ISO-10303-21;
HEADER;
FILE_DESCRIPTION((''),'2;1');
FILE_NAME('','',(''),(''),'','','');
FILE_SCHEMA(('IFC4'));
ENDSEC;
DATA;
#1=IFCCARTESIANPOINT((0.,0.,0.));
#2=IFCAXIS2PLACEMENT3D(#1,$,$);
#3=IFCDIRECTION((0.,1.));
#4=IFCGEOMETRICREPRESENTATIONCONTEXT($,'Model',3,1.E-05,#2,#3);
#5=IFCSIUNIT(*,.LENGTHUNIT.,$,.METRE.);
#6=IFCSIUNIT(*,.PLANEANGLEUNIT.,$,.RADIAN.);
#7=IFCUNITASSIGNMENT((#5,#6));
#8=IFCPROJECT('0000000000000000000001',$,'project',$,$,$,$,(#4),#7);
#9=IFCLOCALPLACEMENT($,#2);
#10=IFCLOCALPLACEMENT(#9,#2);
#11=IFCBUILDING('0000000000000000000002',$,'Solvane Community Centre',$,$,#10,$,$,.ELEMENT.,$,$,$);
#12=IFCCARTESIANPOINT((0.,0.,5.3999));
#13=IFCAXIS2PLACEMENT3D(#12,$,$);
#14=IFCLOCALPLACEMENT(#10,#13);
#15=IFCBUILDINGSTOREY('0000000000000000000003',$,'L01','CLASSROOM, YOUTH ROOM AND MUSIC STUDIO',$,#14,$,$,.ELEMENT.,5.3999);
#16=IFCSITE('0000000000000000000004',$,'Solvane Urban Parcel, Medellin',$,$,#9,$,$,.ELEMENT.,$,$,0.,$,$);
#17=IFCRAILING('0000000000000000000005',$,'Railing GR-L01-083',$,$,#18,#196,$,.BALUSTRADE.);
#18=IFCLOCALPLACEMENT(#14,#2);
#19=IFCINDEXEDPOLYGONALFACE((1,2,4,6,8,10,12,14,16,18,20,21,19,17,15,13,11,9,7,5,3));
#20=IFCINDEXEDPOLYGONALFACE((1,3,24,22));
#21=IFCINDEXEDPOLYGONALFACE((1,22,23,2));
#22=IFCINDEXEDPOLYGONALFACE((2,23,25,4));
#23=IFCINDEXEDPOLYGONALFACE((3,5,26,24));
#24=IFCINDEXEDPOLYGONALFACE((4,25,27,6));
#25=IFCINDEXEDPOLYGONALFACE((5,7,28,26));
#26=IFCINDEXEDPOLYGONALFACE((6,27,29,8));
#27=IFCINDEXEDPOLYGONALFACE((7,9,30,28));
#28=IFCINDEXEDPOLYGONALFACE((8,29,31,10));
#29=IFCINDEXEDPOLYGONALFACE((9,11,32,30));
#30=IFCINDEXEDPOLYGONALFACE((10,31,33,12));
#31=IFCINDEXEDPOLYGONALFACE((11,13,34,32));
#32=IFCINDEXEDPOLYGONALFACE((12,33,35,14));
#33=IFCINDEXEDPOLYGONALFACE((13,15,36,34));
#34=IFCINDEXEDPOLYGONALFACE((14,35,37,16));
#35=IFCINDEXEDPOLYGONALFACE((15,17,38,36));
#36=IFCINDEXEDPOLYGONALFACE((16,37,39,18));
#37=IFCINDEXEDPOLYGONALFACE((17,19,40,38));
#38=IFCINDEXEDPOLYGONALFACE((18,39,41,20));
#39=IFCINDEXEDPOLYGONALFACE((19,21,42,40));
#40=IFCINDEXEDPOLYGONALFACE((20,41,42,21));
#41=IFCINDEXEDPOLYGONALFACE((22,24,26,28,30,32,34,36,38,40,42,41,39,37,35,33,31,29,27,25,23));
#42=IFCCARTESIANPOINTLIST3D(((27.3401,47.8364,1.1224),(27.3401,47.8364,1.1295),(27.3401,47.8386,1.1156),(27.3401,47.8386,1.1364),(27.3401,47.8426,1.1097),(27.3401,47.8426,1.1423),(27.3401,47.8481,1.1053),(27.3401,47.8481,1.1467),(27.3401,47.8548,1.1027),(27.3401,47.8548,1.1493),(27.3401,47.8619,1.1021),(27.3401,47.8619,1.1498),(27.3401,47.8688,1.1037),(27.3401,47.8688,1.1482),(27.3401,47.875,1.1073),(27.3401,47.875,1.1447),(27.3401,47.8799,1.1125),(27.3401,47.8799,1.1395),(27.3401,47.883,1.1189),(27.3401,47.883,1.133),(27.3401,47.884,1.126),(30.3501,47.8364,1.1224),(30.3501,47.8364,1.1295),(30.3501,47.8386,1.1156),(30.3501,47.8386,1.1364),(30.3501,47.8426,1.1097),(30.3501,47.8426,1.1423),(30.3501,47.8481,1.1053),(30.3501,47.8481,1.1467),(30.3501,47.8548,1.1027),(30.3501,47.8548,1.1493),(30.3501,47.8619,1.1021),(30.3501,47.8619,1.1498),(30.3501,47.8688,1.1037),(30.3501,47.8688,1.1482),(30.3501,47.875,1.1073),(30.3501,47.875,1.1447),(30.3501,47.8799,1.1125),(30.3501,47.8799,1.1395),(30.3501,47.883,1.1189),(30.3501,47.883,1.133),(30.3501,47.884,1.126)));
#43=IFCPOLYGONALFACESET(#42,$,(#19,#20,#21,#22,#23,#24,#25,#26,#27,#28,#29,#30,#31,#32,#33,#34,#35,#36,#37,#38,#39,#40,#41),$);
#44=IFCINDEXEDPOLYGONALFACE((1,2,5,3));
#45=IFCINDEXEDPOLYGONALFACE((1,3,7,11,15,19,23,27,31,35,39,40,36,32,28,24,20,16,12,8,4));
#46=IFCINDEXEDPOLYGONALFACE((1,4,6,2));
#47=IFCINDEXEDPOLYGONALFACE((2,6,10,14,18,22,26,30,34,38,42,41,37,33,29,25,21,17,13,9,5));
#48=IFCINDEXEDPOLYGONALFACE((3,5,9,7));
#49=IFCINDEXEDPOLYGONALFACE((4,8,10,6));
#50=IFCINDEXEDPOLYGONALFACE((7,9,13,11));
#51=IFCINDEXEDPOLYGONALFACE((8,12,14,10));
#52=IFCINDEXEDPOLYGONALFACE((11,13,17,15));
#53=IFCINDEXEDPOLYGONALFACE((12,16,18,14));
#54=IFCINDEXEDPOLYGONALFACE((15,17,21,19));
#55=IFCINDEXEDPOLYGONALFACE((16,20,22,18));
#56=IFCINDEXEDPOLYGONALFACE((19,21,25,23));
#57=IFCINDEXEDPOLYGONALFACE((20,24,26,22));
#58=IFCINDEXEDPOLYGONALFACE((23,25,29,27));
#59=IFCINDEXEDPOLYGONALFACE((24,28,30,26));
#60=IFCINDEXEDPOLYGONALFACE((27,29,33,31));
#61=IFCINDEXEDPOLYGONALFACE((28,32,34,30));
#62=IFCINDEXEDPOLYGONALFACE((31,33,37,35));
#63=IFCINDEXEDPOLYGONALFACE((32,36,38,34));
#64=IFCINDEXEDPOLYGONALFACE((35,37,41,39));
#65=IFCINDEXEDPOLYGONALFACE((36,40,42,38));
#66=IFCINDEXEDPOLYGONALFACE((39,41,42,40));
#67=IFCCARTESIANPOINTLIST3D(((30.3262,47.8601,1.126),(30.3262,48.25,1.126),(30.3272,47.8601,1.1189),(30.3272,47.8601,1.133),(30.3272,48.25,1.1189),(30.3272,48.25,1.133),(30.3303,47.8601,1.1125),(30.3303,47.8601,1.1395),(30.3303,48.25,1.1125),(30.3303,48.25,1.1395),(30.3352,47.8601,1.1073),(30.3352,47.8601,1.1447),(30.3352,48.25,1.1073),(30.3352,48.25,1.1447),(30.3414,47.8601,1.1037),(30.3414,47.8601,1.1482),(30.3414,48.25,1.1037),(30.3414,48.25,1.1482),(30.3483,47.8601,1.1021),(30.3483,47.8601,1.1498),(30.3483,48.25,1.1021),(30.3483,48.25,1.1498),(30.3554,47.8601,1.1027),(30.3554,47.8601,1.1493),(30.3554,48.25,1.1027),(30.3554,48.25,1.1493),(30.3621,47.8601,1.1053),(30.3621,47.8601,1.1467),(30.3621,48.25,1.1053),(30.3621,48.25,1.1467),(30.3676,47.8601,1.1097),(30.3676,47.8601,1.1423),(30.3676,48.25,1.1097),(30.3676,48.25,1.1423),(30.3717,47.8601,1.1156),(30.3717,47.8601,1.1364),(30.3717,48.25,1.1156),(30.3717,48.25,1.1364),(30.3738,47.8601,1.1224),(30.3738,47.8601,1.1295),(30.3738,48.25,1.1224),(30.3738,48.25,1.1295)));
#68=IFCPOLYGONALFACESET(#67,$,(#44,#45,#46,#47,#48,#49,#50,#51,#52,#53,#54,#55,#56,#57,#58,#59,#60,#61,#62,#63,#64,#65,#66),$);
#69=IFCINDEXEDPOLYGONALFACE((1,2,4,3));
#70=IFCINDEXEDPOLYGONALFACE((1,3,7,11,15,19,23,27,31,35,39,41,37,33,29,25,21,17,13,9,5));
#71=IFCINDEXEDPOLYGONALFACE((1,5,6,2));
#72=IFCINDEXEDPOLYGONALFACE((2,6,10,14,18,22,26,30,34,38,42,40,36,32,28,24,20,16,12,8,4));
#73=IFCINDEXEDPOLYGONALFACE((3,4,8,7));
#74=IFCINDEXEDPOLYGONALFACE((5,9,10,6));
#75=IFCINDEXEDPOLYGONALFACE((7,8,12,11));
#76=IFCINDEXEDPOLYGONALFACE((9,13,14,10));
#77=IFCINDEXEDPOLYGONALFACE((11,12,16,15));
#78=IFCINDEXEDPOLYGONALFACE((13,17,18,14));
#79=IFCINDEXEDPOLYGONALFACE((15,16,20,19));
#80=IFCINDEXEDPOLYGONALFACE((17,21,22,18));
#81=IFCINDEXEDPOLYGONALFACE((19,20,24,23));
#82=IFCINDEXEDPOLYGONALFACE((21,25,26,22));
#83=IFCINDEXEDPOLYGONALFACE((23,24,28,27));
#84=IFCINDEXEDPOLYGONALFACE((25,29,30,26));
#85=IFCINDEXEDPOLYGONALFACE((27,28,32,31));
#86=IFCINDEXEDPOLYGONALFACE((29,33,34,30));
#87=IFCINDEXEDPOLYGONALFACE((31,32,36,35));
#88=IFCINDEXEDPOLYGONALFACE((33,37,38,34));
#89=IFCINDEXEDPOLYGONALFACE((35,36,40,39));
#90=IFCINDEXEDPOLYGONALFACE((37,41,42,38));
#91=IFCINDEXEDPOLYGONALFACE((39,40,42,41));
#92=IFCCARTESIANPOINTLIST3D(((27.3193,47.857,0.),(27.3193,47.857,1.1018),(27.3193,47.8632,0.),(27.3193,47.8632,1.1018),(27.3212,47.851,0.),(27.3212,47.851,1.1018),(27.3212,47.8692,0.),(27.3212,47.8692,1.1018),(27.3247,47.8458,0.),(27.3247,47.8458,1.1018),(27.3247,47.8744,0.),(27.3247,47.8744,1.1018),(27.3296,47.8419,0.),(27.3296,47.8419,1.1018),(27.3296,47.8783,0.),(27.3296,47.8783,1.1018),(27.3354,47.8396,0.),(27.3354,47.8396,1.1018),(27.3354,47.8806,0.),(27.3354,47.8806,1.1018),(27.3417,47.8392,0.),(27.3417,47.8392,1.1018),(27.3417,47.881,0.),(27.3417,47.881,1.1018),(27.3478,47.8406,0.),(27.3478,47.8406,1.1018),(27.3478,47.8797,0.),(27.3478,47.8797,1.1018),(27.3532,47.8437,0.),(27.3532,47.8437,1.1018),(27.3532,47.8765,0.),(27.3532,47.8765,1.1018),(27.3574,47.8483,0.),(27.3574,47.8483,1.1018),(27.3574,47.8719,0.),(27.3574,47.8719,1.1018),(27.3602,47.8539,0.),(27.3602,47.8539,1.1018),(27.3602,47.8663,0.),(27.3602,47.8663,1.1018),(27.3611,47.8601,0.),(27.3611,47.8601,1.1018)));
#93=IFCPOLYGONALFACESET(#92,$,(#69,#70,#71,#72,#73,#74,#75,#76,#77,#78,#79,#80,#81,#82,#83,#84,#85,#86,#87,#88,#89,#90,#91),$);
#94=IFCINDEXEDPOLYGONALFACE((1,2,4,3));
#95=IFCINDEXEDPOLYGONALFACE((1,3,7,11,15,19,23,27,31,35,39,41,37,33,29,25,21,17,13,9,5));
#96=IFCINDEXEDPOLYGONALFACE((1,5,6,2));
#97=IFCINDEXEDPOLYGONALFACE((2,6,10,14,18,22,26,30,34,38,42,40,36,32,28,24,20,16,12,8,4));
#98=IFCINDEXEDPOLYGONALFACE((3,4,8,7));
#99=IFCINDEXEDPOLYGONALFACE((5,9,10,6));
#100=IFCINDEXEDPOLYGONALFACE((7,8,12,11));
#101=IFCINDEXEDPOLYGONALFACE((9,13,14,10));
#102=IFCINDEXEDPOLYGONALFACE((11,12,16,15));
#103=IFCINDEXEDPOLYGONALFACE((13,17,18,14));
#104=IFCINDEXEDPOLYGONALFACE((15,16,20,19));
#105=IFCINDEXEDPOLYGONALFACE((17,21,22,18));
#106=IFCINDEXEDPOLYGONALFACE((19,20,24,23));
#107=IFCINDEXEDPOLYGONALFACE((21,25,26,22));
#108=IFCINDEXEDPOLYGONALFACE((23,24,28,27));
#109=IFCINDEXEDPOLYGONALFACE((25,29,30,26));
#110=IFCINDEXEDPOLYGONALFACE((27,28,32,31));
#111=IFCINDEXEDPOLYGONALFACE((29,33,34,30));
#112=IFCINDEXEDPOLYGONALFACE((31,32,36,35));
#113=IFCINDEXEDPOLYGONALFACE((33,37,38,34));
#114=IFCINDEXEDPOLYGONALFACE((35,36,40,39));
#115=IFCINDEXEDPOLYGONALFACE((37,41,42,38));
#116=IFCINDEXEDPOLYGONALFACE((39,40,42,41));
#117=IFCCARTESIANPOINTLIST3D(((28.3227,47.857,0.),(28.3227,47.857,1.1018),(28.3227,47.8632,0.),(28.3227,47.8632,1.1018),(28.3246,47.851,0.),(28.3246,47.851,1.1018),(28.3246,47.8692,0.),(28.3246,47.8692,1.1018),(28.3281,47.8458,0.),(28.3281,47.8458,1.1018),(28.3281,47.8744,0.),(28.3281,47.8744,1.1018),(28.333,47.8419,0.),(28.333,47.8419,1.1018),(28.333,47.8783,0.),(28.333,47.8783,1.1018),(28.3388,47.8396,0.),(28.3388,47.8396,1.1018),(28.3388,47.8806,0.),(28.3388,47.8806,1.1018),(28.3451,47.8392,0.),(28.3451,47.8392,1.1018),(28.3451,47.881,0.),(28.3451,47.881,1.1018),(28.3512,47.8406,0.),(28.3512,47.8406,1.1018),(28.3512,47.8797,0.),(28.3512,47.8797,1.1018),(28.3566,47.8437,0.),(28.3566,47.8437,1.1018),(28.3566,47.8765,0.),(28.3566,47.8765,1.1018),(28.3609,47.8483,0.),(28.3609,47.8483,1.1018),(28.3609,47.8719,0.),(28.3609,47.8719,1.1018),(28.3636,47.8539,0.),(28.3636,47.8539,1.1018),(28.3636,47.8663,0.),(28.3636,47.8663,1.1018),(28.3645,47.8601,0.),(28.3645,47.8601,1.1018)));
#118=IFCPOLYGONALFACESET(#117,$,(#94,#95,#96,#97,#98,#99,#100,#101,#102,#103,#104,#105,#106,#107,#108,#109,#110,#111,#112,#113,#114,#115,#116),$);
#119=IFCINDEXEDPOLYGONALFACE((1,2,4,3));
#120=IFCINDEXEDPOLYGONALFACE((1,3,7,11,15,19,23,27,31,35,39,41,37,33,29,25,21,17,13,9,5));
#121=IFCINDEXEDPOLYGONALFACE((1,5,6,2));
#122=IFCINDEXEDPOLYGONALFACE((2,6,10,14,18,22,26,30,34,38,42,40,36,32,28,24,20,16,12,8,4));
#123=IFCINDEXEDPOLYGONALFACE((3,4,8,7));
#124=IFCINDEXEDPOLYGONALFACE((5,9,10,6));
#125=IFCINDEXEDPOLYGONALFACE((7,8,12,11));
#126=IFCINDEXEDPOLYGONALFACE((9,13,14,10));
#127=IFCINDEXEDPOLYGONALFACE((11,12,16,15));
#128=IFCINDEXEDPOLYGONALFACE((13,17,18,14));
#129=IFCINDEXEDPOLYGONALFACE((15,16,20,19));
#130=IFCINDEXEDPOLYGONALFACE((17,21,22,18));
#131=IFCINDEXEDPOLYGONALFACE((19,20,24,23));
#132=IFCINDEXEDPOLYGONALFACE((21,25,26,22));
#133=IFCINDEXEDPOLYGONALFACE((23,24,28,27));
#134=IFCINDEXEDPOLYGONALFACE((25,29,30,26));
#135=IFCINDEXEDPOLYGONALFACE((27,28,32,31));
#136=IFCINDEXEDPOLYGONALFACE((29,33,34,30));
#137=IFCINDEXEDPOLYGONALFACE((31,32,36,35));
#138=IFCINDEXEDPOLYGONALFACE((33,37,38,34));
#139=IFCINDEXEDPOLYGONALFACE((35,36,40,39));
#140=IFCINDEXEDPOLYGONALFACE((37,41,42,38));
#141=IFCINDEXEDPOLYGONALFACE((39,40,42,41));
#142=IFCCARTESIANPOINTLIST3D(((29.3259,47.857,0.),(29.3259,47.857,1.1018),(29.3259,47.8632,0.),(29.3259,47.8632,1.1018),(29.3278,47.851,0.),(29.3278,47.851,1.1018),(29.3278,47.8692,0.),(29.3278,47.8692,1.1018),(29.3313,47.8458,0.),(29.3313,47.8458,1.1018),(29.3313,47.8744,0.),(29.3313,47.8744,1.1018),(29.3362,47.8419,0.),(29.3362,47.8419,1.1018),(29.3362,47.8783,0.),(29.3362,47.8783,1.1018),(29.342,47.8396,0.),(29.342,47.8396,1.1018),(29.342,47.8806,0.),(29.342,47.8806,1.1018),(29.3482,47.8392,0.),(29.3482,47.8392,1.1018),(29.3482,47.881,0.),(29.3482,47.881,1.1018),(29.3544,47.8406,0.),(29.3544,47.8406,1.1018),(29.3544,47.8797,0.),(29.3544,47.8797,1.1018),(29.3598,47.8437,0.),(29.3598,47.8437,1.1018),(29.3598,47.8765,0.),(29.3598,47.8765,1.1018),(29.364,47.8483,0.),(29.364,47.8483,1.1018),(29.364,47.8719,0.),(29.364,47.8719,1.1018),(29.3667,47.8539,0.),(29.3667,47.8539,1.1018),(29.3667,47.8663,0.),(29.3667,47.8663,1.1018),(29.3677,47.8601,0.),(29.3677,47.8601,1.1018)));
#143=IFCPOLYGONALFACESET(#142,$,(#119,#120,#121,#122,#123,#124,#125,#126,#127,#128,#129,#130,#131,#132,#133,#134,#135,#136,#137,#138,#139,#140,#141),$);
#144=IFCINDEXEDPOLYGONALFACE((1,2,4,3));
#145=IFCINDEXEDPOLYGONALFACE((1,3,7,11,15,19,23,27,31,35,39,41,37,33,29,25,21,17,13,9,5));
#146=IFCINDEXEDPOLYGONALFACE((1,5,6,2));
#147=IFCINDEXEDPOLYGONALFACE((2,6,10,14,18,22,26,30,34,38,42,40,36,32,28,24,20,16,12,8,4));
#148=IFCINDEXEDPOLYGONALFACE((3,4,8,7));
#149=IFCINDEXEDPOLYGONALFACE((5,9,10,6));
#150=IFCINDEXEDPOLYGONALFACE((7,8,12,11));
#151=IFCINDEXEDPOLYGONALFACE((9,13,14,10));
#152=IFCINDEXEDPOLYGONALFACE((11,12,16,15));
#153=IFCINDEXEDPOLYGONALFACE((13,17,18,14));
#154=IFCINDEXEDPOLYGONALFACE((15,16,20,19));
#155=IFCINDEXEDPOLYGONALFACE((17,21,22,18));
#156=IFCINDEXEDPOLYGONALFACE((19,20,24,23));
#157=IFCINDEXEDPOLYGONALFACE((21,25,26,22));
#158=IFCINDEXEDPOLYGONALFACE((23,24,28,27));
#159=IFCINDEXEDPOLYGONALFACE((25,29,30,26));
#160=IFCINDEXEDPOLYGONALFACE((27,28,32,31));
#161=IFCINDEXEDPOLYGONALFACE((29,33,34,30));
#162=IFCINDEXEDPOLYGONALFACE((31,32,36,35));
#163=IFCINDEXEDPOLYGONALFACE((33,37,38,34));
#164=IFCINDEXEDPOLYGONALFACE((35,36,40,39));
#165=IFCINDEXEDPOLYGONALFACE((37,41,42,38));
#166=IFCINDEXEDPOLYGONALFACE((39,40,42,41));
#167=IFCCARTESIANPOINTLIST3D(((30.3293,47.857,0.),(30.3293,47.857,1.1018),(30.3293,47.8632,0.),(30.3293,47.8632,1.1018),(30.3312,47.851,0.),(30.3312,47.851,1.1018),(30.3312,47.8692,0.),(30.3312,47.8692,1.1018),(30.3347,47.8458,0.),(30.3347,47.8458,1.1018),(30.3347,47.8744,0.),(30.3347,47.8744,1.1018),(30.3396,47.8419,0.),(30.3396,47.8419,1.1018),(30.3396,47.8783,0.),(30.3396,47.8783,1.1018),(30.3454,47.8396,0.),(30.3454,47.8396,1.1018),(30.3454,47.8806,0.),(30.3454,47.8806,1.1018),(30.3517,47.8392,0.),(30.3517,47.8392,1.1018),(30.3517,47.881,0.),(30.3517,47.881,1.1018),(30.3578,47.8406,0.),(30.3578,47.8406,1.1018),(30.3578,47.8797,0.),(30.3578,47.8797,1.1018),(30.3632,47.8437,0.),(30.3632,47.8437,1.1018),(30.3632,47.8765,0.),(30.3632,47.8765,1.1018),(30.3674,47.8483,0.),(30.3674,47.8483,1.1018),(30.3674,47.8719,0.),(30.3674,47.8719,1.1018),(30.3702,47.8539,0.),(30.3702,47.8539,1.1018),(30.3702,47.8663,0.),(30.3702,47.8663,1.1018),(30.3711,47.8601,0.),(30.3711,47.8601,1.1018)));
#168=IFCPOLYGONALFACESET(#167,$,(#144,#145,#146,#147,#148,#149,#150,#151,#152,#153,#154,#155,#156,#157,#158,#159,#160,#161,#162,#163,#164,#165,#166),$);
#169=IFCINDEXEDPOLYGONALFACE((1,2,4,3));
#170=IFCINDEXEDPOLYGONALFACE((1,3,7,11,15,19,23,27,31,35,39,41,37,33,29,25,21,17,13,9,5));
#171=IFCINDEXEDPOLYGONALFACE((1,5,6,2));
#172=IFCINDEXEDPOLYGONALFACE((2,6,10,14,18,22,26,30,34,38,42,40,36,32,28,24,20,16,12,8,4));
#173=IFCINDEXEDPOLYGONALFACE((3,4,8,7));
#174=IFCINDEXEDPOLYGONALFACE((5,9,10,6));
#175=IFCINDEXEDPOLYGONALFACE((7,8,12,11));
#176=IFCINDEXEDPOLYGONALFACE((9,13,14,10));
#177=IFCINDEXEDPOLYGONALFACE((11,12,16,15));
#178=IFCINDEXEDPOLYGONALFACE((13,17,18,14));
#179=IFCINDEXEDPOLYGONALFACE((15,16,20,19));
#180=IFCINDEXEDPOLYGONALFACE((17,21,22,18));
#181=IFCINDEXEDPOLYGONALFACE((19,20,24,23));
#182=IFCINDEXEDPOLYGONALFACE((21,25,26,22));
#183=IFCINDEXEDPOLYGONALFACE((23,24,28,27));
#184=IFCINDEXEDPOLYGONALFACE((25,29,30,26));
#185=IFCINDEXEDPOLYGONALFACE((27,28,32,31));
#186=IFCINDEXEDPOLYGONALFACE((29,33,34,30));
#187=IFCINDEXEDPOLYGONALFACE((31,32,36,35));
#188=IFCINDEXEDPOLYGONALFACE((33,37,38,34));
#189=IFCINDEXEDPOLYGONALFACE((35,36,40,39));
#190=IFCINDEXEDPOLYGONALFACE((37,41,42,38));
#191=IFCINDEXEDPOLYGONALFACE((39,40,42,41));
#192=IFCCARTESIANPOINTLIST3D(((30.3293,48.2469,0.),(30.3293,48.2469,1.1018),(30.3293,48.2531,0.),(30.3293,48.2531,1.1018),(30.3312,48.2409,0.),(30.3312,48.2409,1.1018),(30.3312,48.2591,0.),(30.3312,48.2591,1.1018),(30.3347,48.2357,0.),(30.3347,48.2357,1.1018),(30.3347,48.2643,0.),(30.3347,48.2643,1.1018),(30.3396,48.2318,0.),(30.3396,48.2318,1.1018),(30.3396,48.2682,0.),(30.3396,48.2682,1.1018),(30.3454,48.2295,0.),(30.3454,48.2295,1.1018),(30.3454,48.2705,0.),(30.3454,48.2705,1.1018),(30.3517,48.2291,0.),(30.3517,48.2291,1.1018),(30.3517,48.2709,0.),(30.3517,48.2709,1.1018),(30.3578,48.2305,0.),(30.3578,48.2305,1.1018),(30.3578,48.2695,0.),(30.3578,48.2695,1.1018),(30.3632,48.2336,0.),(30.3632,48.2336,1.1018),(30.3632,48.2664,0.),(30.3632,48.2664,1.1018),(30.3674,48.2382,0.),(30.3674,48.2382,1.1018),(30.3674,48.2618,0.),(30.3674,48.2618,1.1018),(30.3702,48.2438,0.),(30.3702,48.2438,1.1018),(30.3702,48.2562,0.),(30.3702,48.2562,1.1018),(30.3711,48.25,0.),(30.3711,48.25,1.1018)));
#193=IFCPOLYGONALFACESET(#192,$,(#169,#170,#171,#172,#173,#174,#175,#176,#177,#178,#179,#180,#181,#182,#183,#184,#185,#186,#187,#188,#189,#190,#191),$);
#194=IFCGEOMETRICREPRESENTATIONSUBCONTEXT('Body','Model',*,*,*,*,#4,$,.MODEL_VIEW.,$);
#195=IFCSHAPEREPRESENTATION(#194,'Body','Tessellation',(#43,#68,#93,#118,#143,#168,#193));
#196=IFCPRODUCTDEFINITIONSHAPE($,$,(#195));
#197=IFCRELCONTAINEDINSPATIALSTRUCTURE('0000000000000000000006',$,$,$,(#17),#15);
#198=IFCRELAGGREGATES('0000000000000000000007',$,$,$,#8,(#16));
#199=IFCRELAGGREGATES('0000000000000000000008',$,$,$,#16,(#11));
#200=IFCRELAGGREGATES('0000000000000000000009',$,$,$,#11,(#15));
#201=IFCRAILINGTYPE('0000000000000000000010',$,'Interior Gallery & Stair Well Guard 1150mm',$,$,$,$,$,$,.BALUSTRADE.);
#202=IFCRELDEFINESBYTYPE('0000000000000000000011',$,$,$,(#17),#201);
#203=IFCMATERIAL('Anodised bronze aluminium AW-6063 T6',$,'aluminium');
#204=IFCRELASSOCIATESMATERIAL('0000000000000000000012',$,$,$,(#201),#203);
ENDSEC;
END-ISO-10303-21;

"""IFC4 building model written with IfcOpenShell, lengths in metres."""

from ifc_helpers import new_model, si_unit, direction, frame, origin, origin_2d, place, context, subcontext, project, spatial, circle, extrude, material, type_object, element, save


model = new_model("IFC4")

# Units and contexts
model_context = context("Model", 3, precision=1e-05, world=origin(), true_north=direction((0.0, 1.0)))
body_context = subcontext(model_context, "Body", "Model", "MODEL_VIEW")
ifc_project = project(units=[si_unit("LENGTHUNIT", "METRE"), si_unit("PLANEANGLEUNIT", "RADIAN")], contexts=[model_context])

# Site, building, storey
site_placement = place(None, origin())
site = spatial("IfcSite", under=ifc_project, at=site_placement, Name="Solvane Urban Parcel, Medellin", CompositionType="ELEMENT", RefElevation=0.0)
building_placement = place(site_placement, origin())
building = spatial("IfcBuilding", under=site, at=building_placement, Name="Solvane Community Centre", CompositionType="ELEMENT")
storey_placement = place(building_placement, frame((0.0, 0.0, 5.3999)))
storey = spatial("IfcBuildingStorey", under=building, at=storey_placement, Name="L01", Description="CLASSROOM, YOUTH ROOM AND MUSIC STUDIO", CompositionType="ELEMENT", Elevation=5.3999)

# Shared definitions
ifc_material_1 = material(Name="Anodised bronze aluminium AW-6063 T6", Category="aluminium")

# Railing
railing_type_1 = type_object("IfcRailingType", Name="Interior Gallery & Stair Well Guard 1150mm", PredefinedType="BALUSTRADE", material=ifc_material_1)
railing_1_placement = place(storey_placement, frame((27.3401, 47.8601, 0.0)))
element("IfcRailing", 1, at=railing_1_placement, inside=storey, type_object=railing_type_1, Name="Railing GR-L01-083", PredefinedType="BALUSTRADE", context=body_context, shape_type="SweptSolid", body=[
    extrude(circle(Radius=0.0239, at=origin_2d()), frame((0.0, 0.0, 1.126), z_axis=(1.0, 0.0, 0.0), x_axis=(0.0, 1.0, 0.0)), (0.0, 0.0, 1.0), 3.01),
    extrude(circle(Radius=0.0239, at=origin_2d()), frame((3.01, 0.0, 1.126), z_axis=(0.0, 1.0, 0.0), x_axis=(-1.0, 0.0, 0.0)), (0.0, 0.0, 1.0), 0.3899),
    extrude(circle(Radius=0.021, at=origin_2d()), origin(), (0.0, 0.0, 1.0), 1.1018),
    extrude(circle(Radius=0.021, at=origin_2d()), frame((1.0034, 0.0, 0.0)), (0.0, 0.0, 1.0), 1.1018),
    extrude(circle(Radius=0.021, at=origin_2d()), frame((2.0066, 0.0, 0.0)), (0.0, 0.0, 1.0), 1.1018),
    extrude(circle(Radius=0.021, at=origin_2d()), frame((3.01, 0.0, 0.0)), (0.0, 0.0, 1.0), 1.1018),
    extrude(circle(Radius=0.021, at=origin_2d()), frame((3.01, 0.3899, 0.0)), (0.0, 0.0, 1.0), 1.1018),
])

save(model, "model.ifc")
